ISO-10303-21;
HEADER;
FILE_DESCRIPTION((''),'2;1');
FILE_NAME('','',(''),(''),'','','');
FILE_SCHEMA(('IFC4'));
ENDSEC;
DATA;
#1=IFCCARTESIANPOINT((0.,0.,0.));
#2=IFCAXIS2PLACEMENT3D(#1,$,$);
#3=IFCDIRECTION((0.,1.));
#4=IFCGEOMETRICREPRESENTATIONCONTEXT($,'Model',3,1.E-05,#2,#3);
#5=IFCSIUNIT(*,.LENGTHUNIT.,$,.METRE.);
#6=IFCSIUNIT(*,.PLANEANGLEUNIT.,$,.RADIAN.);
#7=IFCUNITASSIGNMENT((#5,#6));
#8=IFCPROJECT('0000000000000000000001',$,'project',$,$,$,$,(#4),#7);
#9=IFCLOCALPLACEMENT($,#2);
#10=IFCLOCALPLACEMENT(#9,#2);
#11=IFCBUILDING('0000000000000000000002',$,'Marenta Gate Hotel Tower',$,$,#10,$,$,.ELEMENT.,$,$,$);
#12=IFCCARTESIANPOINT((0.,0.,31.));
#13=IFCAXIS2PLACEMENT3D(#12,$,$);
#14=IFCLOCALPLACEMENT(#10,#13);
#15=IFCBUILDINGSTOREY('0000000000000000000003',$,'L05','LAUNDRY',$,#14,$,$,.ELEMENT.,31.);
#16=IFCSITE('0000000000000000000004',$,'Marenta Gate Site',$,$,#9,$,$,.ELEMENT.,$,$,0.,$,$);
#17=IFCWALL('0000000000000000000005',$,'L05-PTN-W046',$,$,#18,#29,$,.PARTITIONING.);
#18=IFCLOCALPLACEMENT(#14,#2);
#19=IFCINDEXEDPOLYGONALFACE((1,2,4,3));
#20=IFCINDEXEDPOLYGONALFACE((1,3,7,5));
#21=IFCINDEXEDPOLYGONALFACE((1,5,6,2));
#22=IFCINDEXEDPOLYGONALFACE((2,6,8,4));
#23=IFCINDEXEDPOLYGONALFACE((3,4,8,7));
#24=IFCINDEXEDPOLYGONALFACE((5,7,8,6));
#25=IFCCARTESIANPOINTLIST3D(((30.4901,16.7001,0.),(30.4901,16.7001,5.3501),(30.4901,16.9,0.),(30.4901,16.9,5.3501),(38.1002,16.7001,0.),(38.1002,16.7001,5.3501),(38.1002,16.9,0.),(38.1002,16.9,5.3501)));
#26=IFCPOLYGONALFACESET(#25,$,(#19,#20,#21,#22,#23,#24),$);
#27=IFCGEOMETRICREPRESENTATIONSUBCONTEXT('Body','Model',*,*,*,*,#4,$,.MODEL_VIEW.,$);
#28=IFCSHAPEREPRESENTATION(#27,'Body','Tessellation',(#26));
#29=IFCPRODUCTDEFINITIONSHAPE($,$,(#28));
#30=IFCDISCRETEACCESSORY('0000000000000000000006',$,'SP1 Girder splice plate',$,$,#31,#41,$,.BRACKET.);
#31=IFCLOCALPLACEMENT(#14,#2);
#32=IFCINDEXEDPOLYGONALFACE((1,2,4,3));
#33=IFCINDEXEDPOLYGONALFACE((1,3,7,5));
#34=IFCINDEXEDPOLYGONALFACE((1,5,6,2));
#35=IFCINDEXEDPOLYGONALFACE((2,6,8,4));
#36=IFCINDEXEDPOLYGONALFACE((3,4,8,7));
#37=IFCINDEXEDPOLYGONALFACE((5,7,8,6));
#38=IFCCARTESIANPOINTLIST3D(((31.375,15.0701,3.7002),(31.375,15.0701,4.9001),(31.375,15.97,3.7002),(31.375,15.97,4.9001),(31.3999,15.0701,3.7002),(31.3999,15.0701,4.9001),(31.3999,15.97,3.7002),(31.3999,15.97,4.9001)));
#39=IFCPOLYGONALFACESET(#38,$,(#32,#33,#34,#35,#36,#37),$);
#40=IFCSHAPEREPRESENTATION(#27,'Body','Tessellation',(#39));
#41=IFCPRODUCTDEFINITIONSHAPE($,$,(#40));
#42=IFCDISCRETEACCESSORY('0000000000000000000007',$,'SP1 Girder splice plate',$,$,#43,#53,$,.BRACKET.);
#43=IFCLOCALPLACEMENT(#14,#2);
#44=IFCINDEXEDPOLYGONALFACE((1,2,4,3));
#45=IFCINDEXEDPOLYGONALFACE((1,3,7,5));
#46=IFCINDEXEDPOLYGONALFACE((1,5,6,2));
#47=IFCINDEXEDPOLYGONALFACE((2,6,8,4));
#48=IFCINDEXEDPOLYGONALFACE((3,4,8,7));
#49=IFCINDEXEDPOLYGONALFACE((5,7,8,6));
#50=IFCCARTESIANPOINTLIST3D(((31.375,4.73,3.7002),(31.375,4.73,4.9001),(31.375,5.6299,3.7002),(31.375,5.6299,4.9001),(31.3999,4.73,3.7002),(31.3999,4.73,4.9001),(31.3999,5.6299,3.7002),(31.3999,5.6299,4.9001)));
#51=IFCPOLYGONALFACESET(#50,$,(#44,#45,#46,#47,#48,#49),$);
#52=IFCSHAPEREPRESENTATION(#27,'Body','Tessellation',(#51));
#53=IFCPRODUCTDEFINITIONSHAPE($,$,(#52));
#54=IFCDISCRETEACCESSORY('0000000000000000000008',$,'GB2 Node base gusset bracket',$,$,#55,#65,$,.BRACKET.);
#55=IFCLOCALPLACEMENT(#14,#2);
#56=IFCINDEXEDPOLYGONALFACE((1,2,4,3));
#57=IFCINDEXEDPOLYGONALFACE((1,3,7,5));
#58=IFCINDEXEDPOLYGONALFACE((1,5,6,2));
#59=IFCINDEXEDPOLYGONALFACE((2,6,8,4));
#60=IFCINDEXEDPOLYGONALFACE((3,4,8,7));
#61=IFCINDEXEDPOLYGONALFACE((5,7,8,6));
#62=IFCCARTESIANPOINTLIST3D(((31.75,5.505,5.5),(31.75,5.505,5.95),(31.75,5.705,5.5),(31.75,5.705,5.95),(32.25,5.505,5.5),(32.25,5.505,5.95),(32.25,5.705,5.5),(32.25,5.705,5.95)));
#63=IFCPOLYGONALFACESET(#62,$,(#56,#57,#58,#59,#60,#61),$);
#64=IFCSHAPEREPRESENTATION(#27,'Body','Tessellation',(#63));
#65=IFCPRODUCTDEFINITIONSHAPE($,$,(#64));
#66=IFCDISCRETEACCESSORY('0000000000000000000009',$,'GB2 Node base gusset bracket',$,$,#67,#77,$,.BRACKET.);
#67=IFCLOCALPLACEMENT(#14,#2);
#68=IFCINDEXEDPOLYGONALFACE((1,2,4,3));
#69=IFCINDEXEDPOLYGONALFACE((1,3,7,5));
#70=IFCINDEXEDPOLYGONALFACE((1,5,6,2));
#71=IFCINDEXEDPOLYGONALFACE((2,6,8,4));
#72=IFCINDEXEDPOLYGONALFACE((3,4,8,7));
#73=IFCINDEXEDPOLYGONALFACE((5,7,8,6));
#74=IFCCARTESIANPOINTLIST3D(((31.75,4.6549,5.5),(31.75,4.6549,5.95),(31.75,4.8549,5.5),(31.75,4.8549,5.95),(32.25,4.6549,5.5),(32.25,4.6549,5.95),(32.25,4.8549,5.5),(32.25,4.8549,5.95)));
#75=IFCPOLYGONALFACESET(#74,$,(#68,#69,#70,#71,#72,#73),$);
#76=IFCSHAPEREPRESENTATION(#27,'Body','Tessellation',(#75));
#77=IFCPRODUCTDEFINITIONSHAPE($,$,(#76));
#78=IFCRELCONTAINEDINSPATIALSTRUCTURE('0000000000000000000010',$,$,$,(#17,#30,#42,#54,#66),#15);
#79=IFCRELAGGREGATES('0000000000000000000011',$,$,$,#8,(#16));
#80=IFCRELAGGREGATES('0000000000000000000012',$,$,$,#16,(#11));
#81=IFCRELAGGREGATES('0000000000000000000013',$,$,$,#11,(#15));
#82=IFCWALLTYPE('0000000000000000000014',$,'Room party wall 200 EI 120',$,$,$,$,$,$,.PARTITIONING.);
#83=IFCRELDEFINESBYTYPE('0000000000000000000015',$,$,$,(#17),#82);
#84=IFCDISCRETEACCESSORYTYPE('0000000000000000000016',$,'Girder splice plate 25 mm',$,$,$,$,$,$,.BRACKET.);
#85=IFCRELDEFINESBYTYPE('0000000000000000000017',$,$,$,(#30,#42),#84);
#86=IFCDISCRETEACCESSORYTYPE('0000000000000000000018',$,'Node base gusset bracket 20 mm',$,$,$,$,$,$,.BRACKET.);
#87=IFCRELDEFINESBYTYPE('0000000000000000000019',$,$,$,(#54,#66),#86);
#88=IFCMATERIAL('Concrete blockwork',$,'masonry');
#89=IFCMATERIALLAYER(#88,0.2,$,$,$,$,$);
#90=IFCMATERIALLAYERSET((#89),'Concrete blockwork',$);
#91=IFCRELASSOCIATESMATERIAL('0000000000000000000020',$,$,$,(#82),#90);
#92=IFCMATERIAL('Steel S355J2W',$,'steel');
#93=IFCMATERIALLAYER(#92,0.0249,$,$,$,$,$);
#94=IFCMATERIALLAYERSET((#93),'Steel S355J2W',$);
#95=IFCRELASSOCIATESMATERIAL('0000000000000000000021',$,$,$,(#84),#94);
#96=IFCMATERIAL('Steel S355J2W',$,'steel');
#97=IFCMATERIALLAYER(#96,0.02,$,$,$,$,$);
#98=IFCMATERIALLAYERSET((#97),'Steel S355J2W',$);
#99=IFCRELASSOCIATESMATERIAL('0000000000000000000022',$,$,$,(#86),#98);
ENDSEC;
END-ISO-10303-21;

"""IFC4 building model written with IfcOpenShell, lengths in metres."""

from ifc_helpers import new_model, si_unit, direction, frame, frame_2d, origin, origin_2d, place, context, subcontext, project, spatial, rectangle, extrude, material, layer, layer_set, type_object, element, save


model = new_model("IFC4")

# Units and contexts
model_context = context("Model", 3, precision=1e-05, world=origin(), true_north=direction((0.0, 1.0)))
body_context = subcontext(model_context, "Body", "Model", "MODEL_VIEW")
ifc_project = project(units=[si_unit("LENGTHUNIT", "METRE"), si_unit("PLANEANGLEUNIT", "RADIAN")], contexts=[model_context])

# Site, building, storey
site_placement = place(None, origin())
site = spatial("IfcSite", under=ifc_project, at=site_placement, Name="Marenta Gate Site", CompositionType="ELEMENT", RefElevation=0.0)
building_placement = place(site_placement, origin())
building = spatial("IfcBuilding", under=site, at=building_placement, Name="Marenta Gate Hotel Tower", CompositionType="ELEMENT")
storey_placement = place(building_placement, frame((0.0, 0.0, 31.0)))
storey = spatial("IfcBuildingStorey", under=building, at=storey_placement, Name="L05", Description="LAUNDRY", CompositionType="ELEMENT", Elevation=31.0)

# Wall
ifc_material_1 = material(Name="Concrete blockwork", Category="masonry")
ifc_layer_1 = layer(ifc_material_1, 0.2)
ifc_layer_set_1 = layer_set([ifc_layer_1], Name="Concrete blockwork")
wall_type_1 = type_object("IfcWallType", Name="Room party wall 200 EI 120", PredefinedType="PARTITIONING", material=ifc_layer_set_1)
wall_1_placement = place(storey_placement, frame((30.49, 16.8, 0.0), z_axis=(0.0, 0.0, 1.0), x_axis=(1.0, 0.0, 0.0)))
element("IfcWall", 1, at=wall_1_placement, inside=storey, type_object=wall_type_1, Name="L05-PTN-W046", PredefinedType="PARTITIONING", context=body_context, shape_type="SweptSolid", body=[
    extrude(rectangle(XDim=7.6101, YDim=0.2, at=frame_2d((3.8052, 0.0))), origin(), (0.0, 0.0, 1.0), 5.3501),
])

# Discrete accessories
ifc_material_2 = material(Name="Steel S355J2W", Category="steel")
ifc_layer_2 = layer(ifc_material_2, 0.0249)
ifc_layer_set_2 = layer_set([ifc_layer_2], Name="Steel S355J2W")
discrete_accessory_type_1 = type_object("IfcDiscreteAccessoryType", Name="Girder splice plate 25 mm", PredefinedType="BRACKET", material=ifc_layer_set_2)
for number, where, z_axis, x_axis, name in (
    (2, (31.3875, 15.52, 3.7002), (0.0, 0.0, 1.0), (0.0, -1.0, 0.0), "SP1 Girder splice plate"),
    (3, (31.3875, 5.1799, 3.7002), (0.0, 0.0, 1.0), (0.0, -1.0, 0.0), "SP1 Girder splice plate"),
):
    element("IfcDiscreteAccessory", number, at=place(storey_placement, frame(where, z_axis=z_axis, x_axis=x_axis)), inside=storey, type_object=discrete_accessory_type_1, Name=name, PredefinedType="BRACKET", context=body_context, shape_type="SweptSolid", body=[
        extrude(rectangle(XDim=0.8999, YDim=0.0249, at=origin_2d()), origin(), (0.0, 0.0, 1.0), 1.2),
    ])
ifc_material_3 = material(Name="Steel S355J2W", Category="steel")
ifc_layer_3 = layer(ifc_material_3, 0.02)
ifc_layer_set_3 = layer_set([ifc_layer_3], Name="Steel S355J2W")
discrete_accessory_type_2 = type_object("IfcDiscreteAccessoryType", Name="Node base gusset bracket 20 mm", PredefinedType="BRACKET", material=ifc_layer_set_3)
for number, where, z_axis, x_axis, name in (
    (4, (32.0, 5.605, 5.5), (0.0, 0.0, 1.0), (0.0, -1.0, 0.0), "GB2 Node base gusset bracket"),
    (5, (32.0, 4.7549, 5.5), (0.0, 0.0, 1.0), (0.0, -1.0, 0.0), "GB2 Node base gusset bracket"),
):
    element("IfcDiscreteAccessory", number, at=place(storey_placement, frame(where, z_axis=z_axis, x_axis=x_axis)), inside=storey, type_object=discrete_accessory_type_2, Name=name, PredefinedType="BRACKET", context=body_context, shape_type="SweptSolid", body=[
        extrude(rectangle(XDim=0.2, YDim=0.5, at=origin_2d()), origin(), (0.0, 0.0, 1.0), 0.45),
    ])

save(model, "model.ifc")
